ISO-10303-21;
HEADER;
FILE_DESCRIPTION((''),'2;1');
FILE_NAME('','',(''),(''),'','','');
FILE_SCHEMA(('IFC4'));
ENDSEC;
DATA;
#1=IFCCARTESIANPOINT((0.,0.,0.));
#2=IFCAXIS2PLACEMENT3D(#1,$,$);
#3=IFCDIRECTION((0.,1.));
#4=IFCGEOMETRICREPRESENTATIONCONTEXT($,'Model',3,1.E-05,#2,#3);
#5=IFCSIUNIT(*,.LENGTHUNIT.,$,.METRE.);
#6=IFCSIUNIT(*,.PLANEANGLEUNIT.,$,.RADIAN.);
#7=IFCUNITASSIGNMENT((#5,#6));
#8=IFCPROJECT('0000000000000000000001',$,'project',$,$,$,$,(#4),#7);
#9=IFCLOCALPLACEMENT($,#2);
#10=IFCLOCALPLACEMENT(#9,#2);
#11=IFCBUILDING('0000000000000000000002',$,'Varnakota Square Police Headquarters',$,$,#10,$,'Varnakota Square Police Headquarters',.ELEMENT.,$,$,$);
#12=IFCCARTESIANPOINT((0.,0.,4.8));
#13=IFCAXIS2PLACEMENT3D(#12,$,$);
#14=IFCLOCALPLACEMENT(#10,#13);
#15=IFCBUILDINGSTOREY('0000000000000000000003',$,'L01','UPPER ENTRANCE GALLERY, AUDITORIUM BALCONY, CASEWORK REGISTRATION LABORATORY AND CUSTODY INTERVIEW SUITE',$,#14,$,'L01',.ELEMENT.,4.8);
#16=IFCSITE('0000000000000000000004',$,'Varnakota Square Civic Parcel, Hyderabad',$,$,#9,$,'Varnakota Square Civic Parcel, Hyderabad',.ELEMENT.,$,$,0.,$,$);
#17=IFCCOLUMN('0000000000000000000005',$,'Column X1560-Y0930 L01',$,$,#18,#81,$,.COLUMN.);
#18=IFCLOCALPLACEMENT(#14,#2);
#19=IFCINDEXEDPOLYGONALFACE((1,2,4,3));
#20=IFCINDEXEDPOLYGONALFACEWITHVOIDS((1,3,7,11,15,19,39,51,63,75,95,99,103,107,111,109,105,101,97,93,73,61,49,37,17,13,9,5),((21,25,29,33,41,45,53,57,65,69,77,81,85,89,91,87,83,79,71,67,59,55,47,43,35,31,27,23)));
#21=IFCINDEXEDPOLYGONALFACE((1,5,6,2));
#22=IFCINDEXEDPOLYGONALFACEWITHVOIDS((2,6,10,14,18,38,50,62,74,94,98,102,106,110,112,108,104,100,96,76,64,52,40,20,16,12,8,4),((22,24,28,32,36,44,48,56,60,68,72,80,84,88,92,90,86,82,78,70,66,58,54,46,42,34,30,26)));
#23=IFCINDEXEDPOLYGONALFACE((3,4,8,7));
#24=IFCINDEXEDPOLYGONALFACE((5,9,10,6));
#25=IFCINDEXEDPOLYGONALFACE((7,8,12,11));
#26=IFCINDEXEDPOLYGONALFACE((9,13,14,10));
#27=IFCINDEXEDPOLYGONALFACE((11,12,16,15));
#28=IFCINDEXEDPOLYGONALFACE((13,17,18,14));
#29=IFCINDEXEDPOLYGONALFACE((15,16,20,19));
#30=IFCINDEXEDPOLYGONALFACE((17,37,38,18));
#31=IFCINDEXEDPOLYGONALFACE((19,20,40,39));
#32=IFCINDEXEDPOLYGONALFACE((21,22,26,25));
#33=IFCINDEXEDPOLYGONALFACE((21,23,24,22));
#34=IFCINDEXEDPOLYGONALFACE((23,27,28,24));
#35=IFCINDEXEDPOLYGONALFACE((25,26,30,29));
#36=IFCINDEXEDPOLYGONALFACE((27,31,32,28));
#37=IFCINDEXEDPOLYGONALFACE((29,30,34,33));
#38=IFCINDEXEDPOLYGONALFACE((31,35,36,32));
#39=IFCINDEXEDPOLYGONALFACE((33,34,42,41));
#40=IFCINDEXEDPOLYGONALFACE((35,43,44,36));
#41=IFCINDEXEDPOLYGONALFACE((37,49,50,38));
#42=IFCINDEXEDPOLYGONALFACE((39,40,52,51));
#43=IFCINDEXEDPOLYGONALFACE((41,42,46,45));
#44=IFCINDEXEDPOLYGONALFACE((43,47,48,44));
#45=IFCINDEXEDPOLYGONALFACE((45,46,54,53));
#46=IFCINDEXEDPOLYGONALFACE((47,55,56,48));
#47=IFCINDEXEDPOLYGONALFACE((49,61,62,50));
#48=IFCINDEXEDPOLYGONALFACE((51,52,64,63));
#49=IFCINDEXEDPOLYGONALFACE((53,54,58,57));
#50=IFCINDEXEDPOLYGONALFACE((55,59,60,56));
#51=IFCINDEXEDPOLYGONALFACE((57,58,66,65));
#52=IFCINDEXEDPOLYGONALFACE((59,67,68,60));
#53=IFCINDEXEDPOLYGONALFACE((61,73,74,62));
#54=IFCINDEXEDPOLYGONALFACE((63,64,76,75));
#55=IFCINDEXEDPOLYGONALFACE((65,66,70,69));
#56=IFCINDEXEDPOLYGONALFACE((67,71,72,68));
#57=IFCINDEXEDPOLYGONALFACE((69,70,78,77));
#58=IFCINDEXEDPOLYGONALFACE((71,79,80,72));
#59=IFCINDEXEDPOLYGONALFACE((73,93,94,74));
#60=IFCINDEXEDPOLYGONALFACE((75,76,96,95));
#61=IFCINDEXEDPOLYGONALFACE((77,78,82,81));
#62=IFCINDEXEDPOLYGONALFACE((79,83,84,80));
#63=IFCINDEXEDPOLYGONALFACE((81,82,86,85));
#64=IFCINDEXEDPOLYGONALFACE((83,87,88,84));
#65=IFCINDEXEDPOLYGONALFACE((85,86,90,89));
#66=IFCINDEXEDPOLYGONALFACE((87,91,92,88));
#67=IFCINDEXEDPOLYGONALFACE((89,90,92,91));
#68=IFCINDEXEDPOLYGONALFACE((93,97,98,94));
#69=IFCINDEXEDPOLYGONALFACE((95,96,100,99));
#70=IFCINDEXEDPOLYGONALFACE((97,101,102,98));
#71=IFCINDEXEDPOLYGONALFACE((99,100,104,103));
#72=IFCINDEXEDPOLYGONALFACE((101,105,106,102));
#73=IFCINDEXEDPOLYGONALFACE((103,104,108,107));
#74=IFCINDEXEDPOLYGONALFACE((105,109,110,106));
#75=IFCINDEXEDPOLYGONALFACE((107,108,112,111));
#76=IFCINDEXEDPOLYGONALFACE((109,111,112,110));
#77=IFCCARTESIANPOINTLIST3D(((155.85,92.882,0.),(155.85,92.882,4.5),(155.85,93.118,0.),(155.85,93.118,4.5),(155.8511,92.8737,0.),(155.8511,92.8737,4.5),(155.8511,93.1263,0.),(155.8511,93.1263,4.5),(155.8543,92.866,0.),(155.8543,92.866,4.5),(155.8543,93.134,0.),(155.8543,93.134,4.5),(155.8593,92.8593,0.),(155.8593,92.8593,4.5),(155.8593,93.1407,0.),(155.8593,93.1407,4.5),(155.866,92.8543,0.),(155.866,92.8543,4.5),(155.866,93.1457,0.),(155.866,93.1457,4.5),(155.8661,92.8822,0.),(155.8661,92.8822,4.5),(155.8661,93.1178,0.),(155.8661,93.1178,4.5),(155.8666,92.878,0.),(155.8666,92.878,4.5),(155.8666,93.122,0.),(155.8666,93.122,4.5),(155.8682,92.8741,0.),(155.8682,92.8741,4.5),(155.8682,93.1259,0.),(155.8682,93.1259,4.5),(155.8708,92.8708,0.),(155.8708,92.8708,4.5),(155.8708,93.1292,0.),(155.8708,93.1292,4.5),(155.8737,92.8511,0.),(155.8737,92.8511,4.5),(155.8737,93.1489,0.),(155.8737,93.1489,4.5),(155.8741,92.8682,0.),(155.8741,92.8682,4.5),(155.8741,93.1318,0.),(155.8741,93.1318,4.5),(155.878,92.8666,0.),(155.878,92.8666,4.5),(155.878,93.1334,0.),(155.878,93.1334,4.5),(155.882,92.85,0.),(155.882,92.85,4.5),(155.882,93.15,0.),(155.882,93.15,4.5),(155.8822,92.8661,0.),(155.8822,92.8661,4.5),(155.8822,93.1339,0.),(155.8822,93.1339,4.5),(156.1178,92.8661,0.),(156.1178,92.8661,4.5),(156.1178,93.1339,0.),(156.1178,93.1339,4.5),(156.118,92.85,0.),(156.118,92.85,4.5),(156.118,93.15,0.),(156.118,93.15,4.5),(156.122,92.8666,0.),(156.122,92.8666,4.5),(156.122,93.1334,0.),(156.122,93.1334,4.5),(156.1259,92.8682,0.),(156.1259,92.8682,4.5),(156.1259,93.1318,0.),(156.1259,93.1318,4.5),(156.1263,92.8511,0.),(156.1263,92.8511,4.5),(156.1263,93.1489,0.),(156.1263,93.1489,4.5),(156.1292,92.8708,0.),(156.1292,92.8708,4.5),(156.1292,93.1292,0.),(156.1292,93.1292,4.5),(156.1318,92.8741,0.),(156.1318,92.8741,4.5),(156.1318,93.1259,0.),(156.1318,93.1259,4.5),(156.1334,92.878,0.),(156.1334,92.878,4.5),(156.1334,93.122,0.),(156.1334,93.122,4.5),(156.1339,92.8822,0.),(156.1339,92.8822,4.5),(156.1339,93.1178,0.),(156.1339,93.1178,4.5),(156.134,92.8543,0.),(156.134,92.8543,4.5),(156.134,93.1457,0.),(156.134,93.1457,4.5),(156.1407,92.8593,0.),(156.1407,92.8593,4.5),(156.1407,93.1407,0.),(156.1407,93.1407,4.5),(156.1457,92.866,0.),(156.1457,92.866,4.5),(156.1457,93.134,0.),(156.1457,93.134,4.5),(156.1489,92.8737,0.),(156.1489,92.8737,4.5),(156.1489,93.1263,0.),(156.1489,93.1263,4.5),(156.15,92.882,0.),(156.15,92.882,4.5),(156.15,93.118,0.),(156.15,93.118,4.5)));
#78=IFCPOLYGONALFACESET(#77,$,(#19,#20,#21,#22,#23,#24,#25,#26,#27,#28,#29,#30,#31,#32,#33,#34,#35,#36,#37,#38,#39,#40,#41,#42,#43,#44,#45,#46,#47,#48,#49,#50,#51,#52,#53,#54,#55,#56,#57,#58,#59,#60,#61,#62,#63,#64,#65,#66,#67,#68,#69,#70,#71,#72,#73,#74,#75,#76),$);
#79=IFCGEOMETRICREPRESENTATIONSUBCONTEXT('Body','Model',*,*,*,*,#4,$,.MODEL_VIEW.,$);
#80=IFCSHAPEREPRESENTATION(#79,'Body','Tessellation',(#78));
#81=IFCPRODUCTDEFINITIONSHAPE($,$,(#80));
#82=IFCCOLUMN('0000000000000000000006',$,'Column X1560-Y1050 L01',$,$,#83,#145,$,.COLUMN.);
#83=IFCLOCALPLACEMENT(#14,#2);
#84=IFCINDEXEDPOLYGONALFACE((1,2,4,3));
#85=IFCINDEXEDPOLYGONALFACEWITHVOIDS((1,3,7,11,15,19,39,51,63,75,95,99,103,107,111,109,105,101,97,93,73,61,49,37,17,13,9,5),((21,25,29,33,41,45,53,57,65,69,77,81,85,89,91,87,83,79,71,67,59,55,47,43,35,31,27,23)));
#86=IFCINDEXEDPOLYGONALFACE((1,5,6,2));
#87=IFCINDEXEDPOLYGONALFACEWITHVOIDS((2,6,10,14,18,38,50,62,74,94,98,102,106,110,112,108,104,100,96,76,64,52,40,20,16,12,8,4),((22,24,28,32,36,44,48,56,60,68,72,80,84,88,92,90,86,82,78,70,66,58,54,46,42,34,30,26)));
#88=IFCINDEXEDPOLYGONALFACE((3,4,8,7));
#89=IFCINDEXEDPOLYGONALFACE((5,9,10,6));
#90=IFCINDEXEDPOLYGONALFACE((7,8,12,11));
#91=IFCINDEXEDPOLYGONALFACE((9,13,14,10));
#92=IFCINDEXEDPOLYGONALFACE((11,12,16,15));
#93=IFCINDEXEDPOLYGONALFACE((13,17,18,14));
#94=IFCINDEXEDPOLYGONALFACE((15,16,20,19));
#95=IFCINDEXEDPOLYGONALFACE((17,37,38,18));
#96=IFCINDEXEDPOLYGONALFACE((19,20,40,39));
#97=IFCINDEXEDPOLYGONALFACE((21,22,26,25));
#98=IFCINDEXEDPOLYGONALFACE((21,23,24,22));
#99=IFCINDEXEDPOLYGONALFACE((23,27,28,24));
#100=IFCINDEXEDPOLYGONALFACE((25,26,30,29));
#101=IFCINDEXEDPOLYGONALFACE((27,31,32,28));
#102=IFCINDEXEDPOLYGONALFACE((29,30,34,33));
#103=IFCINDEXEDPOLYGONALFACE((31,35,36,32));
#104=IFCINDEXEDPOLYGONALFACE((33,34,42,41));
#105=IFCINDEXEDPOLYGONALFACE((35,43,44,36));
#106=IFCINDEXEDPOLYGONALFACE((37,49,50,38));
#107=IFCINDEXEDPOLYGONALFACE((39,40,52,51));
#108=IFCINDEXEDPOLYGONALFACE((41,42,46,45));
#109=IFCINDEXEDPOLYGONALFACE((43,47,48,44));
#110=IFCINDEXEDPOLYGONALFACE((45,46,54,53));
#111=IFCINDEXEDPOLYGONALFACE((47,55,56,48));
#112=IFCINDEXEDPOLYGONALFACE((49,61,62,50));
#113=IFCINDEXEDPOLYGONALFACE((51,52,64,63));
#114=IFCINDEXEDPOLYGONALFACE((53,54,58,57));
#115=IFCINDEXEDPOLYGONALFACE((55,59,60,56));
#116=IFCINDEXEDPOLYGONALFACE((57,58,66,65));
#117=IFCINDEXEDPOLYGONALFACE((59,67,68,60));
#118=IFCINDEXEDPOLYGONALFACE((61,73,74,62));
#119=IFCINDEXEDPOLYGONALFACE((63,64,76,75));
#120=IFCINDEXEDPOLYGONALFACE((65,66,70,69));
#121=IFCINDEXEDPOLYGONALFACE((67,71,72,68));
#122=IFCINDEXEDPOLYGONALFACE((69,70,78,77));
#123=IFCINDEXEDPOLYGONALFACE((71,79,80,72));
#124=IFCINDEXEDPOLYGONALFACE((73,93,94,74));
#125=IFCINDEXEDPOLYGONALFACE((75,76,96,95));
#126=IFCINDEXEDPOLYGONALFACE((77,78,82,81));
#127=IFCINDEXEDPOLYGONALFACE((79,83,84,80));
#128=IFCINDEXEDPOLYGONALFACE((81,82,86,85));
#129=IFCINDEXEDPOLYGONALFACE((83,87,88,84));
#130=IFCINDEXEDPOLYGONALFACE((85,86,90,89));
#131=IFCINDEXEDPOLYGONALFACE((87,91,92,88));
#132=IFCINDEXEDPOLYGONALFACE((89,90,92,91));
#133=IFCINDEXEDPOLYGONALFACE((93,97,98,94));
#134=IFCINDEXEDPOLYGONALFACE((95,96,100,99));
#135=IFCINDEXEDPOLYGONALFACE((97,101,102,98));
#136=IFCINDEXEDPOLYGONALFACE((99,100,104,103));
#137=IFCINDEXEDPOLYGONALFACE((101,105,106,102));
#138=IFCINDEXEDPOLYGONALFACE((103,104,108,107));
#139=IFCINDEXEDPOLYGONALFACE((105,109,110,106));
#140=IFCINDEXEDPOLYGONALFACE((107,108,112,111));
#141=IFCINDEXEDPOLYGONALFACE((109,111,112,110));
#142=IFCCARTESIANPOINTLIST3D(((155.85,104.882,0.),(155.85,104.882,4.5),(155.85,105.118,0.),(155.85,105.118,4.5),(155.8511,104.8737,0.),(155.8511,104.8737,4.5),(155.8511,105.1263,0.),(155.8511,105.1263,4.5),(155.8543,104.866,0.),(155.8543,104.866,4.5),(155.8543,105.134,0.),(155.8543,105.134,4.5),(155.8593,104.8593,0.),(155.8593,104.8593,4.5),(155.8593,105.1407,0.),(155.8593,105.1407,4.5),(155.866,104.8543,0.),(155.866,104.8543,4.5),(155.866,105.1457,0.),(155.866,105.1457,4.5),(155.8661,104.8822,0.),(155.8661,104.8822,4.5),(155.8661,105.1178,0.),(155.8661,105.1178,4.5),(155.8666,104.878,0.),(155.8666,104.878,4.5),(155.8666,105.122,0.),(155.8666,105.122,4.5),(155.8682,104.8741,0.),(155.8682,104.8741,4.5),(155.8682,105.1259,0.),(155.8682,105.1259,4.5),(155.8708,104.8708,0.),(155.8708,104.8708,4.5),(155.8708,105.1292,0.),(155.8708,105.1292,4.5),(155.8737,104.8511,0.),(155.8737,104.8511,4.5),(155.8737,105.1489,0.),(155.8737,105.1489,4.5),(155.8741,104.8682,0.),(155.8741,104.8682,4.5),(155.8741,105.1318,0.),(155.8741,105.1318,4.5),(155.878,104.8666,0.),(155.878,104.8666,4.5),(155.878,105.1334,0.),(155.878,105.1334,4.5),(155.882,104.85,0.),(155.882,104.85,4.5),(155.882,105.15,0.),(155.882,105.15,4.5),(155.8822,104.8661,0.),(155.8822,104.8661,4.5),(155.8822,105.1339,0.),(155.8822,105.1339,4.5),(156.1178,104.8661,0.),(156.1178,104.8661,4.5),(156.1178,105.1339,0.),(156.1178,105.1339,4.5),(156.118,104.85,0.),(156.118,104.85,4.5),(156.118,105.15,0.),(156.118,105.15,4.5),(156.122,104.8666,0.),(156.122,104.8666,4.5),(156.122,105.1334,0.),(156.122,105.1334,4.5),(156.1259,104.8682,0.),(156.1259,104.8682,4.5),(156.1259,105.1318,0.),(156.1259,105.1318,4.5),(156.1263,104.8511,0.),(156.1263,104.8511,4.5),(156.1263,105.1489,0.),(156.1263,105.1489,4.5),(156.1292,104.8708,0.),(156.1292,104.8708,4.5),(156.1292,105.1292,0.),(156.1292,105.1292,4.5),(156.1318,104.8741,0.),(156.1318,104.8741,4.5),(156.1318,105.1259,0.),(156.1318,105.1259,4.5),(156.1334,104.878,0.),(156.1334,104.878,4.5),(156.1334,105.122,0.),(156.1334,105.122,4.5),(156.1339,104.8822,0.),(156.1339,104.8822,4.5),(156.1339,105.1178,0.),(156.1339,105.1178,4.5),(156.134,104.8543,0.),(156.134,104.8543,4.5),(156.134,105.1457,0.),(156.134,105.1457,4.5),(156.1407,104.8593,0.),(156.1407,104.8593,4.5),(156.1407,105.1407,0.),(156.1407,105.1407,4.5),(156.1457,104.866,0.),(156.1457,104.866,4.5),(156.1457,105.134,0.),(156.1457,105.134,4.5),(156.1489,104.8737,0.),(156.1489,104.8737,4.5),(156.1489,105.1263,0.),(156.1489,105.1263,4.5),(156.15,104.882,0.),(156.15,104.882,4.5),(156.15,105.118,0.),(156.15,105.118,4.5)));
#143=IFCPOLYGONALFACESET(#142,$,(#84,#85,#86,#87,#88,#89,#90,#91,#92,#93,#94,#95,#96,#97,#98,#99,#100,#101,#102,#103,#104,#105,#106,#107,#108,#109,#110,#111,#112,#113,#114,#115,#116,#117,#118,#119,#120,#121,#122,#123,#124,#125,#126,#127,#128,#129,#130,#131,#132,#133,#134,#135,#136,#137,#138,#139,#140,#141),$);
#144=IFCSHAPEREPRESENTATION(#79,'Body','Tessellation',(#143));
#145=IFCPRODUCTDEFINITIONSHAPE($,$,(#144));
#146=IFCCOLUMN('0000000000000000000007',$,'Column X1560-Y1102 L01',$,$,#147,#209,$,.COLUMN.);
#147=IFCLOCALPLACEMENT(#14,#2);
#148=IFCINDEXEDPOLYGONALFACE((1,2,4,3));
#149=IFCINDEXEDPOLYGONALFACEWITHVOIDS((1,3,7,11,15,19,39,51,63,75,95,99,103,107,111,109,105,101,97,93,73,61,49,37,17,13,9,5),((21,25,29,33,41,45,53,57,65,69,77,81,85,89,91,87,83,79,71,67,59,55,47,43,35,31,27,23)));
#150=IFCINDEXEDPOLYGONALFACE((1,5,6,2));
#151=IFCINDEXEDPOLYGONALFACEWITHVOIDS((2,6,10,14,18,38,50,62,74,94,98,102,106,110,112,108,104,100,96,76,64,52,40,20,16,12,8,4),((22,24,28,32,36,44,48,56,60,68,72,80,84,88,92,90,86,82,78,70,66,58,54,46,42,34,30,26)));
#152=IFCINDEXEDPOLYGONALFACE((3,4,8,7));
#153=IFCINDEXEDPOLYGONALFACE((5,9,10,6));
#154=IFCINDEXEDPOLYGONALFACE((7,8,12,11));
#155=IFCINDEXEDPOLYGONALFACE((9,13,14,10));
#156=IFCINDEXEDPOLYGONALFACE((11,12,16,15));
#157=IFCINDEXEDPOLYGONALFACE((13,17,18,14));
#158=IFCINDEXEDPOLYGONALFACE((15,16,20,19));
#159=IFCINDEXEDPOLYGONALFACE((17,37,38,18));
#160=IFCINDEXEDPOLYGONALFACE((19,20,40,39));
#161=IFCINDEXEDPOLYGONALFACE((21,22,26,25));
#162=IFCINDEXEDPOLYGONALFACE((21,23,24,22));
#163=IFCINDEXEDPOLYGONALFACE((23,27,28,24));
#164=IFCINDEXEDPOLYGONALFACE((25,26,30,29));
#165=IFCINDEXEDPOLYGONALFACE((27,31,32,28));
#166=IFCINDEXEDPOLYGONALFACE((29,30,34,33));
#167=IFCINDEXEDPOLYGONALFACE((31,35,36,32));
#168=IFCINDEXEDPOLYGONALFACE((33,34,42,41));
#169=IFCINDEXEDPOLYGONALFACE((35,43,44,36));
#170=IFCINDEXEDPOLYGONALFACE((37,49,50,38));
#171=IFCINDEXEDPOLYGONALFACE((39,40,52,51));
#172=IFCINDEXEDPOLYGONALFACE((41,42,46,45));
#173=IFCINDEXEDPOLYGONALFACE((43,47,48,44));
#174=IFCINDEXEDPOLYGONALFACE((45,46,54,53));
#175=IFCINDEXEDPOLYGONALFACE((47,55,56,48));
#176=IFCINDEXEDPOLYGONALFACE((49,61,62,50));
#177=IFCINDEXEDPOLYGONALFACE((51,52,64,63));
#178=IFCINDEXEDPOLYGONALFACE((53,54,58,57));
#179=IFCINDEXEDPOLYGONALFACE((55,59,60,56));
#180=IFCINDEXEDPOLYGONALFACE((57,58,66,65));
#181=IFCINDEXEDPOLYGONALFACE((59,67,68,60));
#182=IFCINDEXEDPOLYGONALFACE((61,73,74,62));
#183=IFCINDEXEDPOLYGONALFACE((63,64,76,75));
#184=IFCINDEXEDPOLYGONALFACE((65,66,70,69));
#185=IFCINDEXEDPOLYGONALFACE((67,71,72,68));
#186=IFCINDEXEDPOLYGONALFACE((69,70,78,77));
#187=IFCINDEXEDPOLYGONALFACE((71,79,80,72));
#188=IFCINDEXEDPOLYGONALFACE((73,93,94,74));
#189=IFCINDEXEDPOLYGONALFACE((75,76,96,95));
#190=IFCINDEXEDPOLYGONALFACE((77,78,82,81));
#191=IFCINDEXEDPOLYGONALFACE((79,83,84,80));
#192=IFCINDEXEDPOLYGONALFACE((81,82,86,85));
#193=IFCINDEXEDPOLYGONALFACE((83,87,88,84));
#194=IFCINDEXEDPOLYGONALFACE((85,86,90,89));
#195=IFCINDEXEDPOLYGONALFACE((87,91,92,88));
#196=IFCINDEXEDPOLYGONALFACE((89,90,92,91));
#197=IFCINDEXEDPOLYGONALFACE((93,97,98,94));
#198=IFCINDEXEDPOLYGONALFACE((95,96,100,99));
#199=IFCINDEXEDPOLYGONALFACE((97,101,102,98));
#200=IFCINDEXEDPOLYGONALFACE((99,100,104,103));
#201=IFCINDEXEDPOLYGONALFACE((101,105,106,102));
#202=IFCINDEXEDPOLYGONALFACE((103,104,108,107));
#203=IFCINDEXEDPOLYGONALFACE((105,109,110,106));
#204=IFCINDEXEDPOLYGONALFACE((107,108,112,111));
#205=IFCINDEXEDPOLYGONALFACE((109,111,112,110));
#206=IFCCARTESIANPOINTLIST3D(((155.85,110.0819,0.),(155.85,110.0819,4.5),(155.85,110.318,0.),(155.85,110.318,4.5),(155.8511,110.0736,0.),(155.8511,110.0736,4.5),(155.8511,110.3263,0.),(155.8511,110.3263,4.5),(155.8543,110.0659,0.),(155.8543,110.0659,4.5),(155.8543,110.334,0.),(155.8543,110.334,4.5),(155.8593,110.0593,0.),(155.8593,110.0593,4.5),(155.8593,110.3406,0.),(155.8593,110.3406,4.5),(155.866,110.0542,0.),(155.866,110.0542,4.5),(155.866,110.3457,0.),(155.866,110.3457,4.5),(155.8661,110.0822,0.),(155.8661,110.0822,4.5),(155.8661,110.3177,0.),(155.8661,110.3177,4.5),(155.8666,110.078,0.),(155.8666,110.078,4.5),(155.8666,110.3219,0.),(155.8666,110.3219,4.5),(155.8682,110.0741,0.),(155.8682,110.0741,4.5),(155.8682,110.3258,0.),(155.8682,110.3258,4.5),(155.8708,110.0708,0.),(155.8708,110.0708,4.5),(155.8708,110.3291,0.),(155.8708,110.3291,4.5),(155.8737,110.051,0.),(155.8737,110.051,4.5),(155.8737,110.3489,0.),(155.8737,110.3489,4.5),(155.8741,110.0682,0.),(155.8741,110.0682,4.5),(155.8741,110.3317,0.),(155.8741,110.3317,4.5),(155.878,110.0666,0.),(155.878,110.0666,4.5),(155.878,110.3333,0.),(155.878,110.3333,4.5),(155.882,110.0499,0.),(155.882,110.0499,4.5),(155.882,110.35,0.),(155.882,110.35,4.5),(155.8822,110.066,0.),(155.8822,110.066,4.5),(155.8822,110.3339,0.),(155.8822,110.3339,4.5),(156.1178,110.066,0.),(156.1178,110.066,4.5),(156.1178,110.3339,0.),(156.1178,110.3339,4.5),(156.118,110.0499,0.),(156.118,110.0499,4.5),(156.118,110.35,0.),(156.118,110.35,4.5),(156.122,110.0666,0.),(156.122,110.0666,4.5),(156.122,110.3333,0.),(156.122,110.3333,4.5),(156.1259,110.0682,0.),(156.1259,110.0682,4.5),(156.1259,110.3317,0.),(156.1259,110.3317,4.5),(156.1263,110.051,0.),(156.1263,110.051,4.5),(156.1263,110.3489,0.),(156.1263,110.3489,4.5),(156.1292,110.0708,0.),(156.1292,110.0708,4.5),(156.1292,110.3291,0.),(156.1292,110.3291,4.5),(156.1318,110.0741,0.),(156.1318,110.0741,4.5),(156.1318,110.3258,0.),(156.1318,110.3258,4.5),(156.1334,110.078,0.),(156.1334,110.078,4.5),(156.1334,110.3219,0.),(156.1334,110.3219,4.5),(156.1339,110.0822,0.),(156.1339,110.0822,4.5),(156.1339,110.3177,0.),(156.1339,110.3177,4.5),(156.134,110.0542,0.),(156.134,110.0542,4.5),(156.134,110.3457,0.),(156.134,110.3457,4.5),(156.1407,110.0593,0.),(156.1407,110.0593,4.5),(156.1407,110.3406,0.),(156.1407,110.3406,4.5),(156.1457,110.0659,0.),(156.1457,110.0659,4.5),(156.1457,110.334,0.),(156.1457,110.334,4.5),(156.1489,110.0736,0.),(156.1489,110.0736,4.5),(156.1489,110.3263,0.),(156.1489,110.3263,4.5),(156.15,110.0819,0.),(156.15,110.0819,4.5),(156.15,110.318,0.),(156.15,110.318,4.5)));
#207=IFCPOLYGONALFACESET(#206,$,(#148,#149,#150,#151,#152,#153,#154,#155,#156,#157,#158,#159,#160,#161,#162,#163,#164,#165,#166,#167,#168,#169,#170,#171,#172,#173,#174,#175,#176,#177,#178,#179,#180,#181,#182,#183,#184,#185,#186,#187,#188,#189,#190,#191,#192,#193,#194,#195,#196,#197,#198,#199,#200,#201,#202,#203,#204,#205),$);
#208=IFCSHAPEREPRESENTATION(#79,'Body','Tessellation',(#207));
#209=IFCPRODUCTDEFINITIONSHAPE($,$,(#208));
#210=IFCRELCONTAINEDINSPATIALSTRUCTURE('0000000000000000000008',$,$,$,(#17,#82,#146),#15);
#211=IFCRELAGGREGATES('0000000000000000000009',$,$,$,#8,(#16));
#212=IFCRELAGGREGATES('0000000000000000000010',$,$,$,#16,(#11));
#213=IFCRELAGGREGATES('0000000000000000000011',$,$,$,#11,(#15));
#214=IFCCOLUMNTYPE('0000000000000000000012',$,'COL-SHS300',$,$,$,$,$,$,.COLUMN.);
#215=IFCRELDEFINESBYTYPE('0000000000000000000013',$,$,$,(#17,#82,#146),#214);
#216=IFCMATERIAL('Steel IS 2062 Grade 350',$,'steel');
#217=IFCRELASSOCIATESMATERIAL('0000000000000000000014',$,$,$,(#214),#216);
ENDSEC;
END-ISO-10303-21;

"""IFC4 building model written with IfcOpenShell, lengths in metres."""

from ifc_helpers import new_model, si_unit, direction, frame, origin, origin_2d, place, context, subcontext, project, spatial, hollow_rectangle, extrude, material, material_profile, profile_set, type_object, element, save


model = new_model("IFC4")

# Units and contexts
model_context = context("Model", 3, precision=1e-05, world=origin(), true_north=direction((0.0, 1.0)))
body_context = subcontext(model_context, "Body", "Model", "MODEL_VIEW")
ifc_project = project(units=[si_unit("LENGTHUNIT", "METRE"), si_unit("PLANEANGLEUNIT", "RADIAN")], contexts=[model_context])

# Site, building, storey
site_placement = place(None, origin())
site = spatial("IfcSite", under=ifc_project, at=site_placement, Name="Varnakota Square Civic Parcel, Hyderabad", LongName="Varnakota Square Civic Parcel, Hyderabad", CompositionType="ELEMENT", RefElevation=0.0)
building_placement = place(site_placement, origin())
building = spatial("IfcBuilding", under=site, at=building_placement, Name="Varnakota Square Police Headquarters", LongName="Varnakota Square Police Headquarters", CompositionType="ELEMENT")
storey_placement = place(building_placement, frame((0.0, 0.0, 4.8)))
storey = spatial("IfcBuildingStorey", under=building, at=storey_placement, Name="L01", Description="UPPER ENTRANCE GALLERY, AUDITORIUM BALCONY, CASEWORK REGISTRATION LABORATORY AND CUSTODY INTERVIEW SUITE", LongName="L01", CompositionType="ELEMENT", Elevation=4.8)

# Columns
ifc_material_1 = material(Name="Steel IS 2062 Grade 350", Category="steel")
ifc_material_profile_1 = material_profile(ifc_material_1, hollow_rectangle(XDim=0.3, YDim=0.3, WallThickness=0.0161, InnerFilletRadius=0.0161, OuterFilletRadius=0.032, at=origin_2d()), Name="SHS 300x300x16")
ifc_profile_set_1 = profile_set([ifc_material_profile_1], Name="Steel IS 2062 Grade 350")
column_type_1 = type_object("IfcColumnType", Name="COL-SHS300", PredefinedType="COLUMN", material=ifc_profile_set_1)
for number, where, z_axis, x_axis, name in (
    (1, (156.0, 93.0, 0.0), (0.0, 0.0, 1.0), (1.0, 0.0, 0.0), "Column X1560-Y0930 L01"),
    (2, (156.0, 105.0, 0.0), (0.0, 0.0, 1.0), (1.0, 0.0, 0.0), "Column X1560-Y1050 L01"),
    (3, (156.0, 110.2, 0.0), (0.0, 0.0, 1.0), (1.0, 0.0, 0.0), "Column X1560-Y1102 L01"),
):
    element("IfcColumn", number, at=place(storey_placement, frame(where, z_axis=z_axis, x_axis=x_axis)), inside=storey, type_object=column_type_1, Name=name, PredefinedType="COLUMN", context=body_context, shape_type="SweptSolid", body=[
        extrude(hollow_rectangle(XDim=0.3, YDim=0.3, WallThickness=0.0161, InnerFilletRadius=0.0161, OuterFilletRadius=0.032, at=origin_2d()), origin(), (0.0, 0.0, 1.0), 4.5),
    ])

save(model, "model.ifc")
